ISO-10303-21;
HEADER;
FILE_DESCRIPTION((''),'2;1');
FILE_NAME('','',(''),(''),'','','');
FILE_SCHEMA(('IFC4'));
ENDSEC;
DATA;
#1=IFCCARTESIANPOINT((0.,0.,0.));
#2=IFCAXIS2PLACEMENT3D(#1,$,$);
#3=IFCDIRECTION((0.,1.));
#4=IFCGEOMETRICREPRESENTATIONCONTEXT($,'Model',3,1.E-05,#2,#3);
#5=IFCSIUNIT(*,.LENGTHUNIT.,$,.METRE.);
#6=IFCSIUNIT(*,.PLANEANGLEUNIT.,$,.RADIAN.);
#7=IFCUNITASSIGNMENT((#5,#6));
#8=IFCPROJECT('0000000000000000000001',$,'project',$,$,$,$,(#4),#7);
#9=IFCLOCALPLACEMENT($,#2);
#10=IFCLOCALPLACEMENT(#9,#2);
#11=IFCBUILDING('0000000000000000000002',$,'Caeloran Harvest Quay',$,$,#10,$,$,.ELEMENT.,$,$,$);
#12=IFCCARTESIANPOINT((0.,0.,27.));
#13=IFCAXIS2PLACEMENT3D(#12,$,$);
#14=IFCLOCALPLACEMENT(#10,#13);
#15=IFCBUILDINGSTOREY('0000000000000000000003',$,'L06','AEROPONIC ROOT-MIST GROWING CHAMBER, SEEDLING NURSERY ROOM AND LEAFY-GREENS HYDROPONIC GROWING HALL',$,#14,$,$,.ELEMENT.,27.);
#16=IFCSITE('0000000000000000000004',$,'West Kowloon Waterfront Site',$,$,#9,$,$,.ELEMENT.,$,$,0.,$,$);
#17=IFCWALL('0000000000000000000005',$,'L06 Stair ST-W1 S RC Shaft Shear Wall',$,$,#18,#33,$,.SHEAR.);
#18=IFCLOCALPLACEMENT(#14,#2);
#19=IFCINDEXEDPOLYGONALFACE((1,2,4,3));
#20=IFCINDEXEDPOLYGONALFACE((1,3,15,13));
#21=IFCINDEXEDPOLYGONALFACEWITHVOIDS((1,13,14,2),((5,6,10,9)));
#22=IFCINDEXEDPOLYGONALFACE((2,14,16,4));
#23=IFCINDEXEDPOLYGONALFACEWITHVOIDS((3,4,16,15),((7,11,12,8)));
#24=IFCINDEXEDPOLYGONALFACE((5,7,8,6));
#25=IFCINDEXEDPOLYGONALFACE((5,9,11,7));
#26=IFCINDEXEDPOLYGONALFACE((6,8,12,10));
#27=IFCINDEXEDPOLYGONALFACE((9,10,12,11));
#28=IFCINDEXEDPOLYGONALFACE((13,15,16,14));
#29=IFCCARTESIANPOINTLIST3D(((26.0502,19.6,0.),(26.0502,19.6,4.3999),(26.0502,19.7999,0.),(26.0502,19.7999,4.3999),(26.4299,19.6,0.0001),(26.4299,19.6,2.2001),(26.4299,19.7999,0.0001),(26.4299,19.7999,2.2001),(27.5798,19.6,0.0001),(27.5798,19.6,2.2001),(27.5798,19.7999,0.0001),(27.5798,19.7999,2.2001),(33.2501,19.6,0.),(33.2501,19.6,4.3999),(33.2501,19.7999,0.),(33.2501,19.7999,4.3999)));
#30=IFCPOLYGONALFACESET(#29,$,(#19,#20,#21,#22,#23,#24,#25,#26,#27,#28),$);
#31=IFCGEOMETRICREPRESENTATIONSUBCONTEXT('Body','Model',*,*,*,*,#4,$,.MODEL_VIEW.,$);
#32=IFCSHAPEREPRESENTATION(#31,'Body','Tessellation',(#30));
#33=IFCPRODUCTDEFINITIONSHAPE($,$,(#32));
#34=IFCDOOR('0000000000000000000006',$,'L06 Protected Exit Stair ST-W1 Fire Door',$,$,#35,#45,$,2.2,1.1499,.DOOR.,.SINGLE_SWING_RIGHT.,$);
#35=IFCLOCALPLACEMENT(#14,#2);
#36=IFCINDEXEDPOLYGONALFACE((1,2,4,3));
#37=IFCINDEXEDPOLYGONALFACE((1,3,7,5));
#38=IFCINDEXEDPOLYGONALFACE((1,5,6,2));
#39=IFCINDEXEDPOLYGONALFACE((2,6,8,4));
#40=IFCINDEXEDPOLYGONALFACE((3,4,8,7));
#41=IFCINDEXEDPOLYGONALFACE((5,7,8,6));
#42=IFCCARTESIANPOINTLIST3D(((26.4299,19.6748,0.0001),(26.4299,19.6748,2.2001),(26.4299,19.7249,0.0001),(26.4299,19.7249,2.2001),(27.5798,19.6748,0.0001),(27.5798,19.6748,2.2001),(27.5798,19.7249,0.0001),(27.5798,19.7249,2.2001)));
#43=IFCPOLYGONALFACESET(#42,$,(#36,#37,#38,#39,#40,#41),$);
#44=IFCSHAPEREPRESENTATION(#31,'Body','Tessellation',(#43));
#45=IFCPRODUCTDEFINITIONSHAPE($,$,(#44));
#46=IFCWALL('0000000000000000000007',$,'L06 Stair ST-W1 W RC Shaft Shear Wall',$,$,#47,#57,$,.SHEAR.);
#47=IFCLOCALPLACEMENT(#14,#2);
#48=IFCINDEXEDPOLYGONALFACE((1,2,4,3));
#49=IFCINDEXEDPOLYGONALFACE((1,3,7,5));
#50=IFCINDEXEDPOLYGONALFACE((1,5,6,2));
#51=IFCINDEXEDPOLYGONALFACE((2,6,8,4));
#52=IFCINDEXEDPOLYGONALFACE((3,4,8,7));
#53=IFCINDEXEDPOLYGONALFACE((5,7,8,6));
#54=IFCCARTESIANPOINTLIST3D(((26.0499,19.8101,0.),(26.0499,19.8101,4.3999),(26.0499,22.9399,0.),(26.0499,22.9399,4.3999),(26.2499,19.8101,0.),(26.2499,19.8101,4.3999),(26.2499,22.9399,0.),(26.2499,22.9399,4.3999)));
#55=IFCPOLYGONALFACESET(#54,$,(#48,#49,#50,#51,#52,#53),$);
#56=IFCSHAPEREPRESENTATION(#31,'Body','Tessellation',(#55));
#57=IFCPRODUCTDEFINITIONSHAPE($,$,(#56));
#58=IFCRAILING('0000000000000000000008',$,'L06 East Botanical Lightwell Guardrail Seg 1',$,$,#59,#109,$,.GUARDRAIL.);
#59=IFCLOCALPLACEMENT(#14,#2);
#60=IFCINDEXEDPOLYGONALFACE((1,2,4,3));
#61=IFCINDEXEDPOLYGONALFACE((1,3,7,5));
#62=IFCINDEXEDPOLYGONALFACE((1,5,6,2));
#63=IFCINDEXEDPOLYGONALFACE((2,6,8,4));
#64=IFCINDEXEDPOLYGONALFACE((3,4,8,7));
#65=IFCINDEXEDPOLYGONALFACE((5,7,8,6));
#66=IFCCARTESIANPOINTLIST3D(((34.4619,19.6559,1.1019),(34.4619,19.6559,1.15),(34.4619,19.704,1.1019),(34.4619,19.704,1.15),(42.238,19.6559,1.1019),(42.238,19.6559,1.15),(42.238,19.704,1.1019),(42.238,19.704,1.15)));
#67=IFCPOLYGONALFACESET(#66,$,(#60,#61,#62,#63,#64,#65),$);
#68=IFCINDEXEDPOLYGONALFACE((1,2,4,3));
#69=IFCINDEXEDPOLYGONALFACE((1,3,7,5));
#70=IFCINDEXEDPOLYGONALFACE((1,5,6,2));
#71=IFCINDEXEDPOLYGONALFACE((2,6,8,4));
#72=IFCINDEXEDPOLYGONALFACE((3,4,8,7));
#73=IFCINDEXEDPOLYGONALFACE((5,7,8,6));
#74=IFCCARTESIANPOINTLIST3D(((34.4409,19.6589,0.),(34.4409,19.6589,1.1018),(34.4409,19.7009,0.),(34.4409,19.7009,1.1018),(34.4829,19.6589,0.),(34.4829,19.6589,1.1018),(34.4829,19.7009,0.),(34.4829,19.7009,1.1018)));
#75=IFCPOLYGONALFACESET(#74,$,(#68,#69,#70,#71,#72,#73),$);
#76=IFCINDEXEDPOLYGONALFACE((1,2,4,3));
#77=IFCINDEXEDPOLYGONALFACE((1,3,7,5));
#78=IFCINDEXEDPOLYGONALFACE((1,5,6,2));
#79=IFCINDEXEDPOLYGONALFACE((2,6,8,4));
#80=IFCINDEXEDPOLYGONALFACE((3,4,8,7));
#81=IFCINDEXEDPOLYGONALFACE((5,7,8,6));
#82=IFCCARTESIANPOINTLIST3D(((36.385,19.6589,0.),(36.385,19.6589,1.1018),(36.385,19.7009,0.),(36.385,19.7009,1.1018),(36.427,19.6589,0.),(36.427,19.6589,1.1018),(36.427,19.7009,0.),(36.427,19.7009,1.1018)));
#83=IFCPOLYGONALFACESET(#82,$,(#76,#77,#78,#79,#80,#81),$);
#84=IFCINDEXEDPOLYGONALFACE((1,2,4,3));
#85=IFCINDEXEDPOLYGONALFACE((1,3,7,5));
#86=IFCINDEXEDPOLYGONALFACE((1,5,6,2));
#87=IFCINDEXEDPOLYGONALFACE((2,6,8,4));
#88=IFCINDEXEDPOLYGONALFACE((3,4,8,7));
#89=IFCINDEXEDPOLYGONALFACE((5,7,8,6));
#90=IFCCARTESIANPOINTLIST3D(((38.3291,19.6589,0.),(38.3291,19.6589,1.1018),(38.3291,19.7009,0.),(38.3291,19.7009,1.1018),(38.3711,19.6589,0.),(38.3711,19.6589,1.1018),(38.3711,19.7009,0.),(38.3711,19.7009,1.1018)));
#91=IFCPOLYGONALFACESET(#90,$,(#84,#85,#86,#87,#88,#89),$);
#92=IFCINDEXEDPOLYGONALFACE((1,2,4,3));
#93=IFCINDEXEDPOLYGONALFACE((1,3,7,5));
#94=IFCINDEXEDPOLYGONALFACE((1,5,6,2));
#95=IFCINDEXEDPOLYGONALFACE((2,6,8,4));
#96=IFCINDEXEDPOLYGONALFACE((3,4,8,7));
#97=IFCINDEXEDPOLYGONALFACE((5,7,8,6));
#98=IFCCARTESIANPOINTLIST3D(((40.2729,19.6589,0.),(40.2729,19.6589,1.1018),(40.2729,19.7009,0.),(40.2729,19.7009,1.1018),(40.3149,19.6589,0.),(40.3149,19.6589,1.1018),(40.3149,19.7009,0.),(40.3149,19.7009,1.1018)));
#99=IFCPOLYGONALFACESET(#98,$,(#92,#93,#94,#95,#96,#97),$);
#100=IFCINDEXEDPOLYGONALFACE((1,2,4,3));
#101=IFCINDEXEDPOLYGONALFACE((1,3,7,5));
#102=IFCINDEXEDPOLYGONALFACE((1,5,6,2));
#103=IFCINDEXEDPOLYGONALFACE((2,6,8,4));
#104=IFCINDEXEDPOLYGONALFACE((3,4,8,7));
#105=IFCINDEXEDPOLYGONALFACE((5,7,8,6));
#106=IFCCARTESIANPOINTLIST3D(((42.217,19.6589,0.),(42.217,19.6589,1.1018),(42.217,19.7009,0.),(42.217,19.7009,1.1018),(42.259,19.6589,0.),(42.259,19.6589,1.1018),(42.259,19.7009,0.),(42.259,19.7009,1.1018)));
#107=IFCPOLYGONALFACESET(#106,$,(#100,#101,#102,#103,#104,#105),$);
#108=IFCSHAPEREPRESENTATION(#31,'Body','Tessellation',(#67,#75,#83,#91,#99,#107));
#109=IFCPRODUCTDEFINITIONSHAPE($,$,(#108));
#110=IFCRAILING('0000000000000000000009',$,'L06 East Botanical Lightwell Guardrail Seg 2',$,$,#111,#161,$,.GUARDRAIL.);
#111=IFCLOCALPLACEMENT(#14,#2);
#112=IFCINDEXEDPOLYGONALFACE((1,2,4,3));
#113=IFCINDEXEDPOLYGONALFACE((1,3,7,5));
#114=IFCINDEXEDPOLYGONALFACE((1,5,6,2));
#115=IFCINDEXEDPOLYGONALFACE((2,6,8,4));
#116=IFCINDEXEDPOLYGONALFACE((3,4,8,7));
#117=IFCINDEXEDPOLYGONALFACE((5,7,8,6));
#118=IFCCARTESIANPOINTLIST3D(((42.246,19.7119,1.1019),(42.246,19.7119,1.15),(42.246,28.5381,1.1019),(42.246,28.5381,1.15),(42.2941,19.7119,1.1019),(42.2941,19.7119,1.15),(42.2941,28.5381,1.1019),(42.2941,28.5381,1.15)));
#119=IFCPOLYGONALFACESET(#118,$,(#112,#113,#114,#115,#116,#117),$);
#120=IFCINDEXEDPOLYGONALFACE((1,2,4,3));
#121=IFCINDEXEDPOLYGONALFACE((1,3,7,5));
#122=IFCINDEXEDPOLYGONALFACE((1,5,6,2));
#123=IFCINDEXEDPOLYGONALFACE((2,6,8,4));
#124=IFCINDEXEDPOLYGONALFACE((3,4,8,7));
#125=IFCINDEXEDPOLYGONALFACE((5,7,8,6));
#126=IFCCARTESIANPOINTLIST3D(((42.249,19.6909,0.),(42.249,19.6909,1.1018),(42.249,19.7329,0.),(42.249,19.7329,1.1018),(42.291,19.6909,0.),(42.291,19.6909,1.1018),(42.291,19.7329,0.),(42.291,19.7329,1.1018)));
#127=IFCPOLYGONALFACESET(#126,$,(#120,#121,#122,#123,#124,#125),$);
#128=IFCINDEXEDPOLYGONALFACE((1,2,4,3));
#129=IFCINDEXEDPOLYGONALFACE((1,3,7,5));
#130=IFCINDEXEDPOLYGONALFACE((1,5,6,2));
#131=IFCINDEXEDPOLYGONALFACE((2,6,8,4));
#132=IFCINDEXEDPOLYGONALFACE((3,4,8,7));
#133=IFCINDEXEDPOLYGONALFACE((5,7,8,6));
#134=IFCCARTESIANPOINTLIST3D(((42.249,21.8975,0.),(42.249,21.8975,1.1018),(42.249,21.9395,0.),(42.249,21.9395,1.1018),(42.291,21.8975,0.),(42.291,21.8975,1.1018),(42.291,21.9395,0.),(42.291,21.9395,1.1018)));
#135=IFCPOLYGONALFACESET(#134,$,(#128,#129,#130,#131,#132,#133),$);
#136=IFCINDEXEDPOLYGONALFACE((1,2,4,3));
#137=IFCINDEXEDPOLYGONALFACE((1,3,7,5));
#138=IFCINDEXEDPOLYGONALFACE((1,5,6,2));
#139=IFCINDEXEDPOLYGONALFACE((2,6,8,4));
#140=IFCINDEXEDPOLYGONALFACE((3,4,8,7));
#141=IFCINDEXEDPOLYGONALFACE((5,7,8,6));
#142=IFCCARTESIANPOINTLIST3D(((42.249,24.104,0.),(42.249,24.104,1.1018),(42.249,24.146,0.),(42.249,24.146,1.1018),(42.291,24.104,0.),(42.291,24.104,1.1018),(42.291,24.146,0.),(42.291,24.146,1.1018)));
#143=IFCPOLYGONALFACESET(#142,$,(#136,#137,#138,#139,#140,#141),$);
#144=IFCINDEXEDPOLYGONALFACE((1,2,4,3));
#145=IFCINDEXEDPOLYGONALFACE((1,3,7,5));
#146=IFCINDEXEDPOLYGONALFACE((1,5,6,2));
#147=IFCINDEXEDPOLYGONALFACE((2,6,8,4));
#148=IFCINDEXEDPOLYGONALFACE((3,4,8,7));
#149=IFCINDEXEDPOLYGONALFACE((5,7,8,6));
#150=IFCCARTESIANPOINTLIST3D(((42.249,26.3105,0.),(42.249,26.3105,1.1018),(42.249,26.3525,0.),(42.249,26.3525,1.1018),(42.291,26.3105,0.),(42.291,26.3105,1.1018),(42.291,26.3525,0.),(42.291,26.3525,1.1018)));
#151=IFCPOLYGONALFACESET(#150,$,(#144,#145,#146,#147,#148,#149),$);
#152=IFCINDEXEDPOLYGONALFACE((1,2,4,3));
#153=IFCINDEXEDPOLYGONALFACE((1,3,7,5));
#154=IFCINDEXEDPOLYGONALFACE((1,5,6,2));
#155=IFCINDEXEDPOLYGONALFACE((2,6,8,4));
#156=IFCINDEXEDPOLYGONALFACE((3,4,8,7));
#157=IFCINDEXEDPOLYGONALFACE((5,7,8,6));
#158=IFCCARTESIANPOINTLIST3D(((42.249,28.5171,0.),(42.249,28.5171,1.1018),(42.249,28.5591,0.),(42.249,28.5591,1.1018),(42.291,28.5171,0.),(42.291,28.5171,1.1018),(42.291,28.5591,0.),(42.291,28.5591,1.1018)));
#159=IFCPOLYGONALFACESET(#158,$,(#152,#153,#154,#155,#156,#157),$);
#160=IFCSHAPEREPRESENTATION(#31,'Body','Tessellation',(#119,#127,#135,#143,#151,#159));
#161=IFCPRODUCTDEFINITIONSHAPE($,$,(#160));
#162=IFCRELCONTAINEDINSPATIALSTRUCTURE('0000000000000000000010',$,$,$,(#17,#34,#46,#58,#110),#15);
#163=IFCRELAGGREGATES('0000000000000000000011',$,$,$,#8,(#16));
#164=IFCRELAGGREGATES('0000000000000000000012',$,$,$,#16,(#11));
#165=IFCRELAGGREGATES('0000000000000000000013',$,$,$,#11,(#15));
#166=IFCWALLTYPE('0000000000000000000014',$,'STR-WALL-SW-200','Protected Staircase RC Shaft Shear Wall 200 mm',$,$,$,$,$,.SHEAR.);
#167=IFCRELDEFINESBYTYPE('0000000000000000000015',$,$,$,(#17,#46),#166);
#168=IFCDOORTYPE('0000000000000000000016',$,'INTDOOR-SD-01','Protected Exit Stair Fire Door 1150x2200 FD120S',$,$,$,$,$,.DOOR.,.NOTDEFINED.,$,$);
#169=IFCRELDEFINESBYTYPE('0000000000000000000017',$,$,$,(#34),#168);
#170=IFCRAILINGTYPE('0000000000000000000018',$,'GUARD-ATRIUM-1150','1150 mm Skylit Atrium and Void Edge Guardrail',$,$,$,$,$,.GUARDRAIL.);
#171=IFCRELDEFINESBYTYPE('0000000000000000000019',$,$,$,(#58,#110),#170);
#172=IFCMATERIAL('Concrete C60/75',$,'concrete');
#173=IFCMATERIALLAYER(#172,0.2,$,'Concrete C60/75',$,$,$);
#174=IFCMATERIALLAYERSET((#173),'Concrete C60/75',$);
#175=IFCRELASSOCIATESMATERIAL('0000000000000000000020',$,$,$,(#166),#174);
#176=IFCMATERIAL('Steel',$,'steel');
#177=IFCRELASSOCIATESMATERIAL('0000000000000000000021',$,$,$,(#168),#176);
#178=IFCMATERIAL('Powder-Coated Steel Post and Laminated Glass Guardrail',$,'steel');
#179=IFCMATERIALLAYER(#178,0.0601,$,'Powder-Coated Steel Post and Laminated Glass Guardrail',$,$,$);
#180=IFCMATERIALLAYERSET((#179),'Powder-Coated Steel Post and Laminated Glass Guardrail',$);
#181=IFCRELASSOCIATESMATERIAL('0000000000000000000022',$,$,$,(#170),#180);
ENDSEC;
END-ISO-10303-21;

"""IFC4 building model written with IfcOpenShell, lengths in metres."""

from ifc_helpers import new_model, si_unit, direction, frame, frame_2d, origin, origin_2d, place, context, subcontext, project, spatial, rectangle, extrude, material, layer, layer_set, type_object, element, fill, save


model = new_model("IFC4")

# Units and contexts
model_context = context("Model", 3, precision=1e-05, world=origin(), true_north=direction((0.0, 1.0)))
body_context = subcontext(model_context, "Body", "Model", "MODEL_VIEW")
ifc_project = project(units=[si_unit("LENGTHUNIT", "METRE"), si_unit("PLANEANGLEUNIT", "RADIAN")], contexts=[model_context])

# Site, building, storey
site_placement = place(None, origin())
site = spatial("IfcSite", under=ifc_project, at=site_placement, Name="West Kowloon Waterfront Site", CompositionType="ELEMENT", RefElevation=0.0)
building_placement = place(site_placement, origin())
building = spatial("IfcBuilding", under=site, at=building_placement, Name="Caeloran Harvest Quay", CompositionType="ELEMENT")
storey_placement = place(building_placement, frame((0.0, 0.0, 27.0)))
storey = spatial("IfcBuildingStorey", under=building, at=storey_placement, Name="L06", Description="AEROPONIC ROOT-MIST GROWING CHAMBER, SEEDLING NURSERY ROOM AND LEAFY-GREENS HYDROPONIC GROWING HALL", CompositionType="ELEMENT", Elevation=27.0)

# Wall, opening, door
ifc_material_1 = material(Name="Concrete C60/75", Category="concrete")
ifc_layer_1 = layer(ifc_material_1, 0.2, Name="Concrete C60/75")
ifc_layer_set_1 = layer_set([ifc_layer_1], Name="Concrete C60/75")
wall_type_1 = type_object("IfcWallType", Name="STR-WALL-SW-200", Description="Protected Staircase RC Shaft Shear Wall 200 mm", PredefinedType="SHEAR", material=ifc_layer_set_1)
wall_1_placement = place(storey_placement, frame((26.05, 19.7, 0.0), z_axis=(0.0, 0.0, 1.0), x_axis=(1.0, 0.0, 0.0)))
wall_1 = element("IfcWall", 1, at=wall_1_placement, inside=storey, type_object=wall_type_1, Name="L06 Stair ST-W1 S RC Shaft Shear Wall", PredefinedType="SHEAR", context=body_context, shape_type="SweptSolid", body=[
    extrude(rectangle(XDim=7.2, YDim=0.2, at=frame_2d((3.6001, 0.0))), origin(), (0.0, 0.0, 1.0), 4.3999),
])
opening_1_placement = place(wall_1_placement, frame((0.3799, 0.0, 0.0)))
opening_1 = element("IfcOpeningElement", 2, at=opening_1_placement, cuts=wall_1, PredefinedType="OPENING", context=body_context, shape_type="SweptSolid", body=[
    extrude(rectangle(XDim=1.1499, YDim=2.2, at=frame_2d((0.575, 1.1001))), frame((0.0, 0.1099, 0.0), z_axis=(0.0, -1.0, 0.0), x_axis=(1.0, 0.0, 0.0)), (0.0, 0.0, 1.0), 0.22),
])
ifc_material_2 = material(Name="Steel", Category="steel")
door_type_1 = type_object("IfcDoorType", Name="INTDOOR-SD-01", Description="Protected Exit Stair Fire Door 1150x2200 FD120S", OperationType="NOTDEFINED", PredefinedType="DOOR", material=ifc_material_2)
door_1_placement = place(opening_1_placement, origin())
door_1 = element("IfcDoor", 3, at=door_1_placement, inside=storey, type_object=door_type_1, Name="L06 Protected Exit Stair ST-W1 Fire Door", OperationType="SINGLE_SWING_RIGHT", OverallHeight=2.2, OverallWidth=1.1499, PredefinedType="DOOR", context=body_context, shape_type="SweptSolid", body=[
    extrude(rectangle(XDim=1.1499, YDim=2.2, at=frame_2d((0.575, 1.1001))), frame((0.0, 0.0249, 0.0), z_axis=(0.0, -1.0, 0.0), x_axis=(1.0, 0.0, 0.0)), (0.0, 0.0, 1.0), 0.05),
])
fill(opening_1, door_1)

# Wall
wall_2_placement = place(storey_placement, frame((26.1499, 19.8101, 0.0), z_axis=(0.0, 0.0, 1.0), x_axis=(0.0, 1.0, 0.0)))
element("IfcWall", 4, at=wall_2_placement, inside=storey, type_object=wall_type_1, Name="L06 Stair ST-W1 W RC Shaft Shear Wall", PredefinedType="SHEAR", context=body_context, shape_type="SweptSolid", body=[
    extrude(rectangle(XDim=3.1299, YDim=0.2, at=frame_2d((1.5649, 0.0))), origin(), (0.0, 0.0, 1.0), 4.3999),
])

# Railings
ifc_material_3 = material(Name="Powder-Coated Steel Post and Laminated Glass Guardrail", Category="steel")
ifc_layer_2 = layer(ifc_material_3, 0.0601, Name="Powder-Coated Steel Post and Laminated Glass Guardrail")
ifc_layer_set_2 = layer_set([ifc_layer_2], Name="Powder-Coated Steel Post and Laminated Glass Guardrail")
railing_type = type_object("IfcRailingType", Name="GUARD-ATRIUM-1150", Description="1150 mm Skylit Atrium and Void Edge Guardrail", PredefinedType="GUARDRAIL", material=ifc_layer_set_2)
railing_1_placement = place(storey_placement, frame((34.4619, 19.6799, 0.0)))
element("IfcRailing", 5, at=railing_1_placement, inside=storey, type_object=railing_type, Name="L06 East Botanical Lightwell Guardrail Seg 1", PredefinedType="GUARDRAIL", context=body_context, shape_type="SweptSolid", body=[
    extrude(rectangle(XDim=0.0481, YDim=0.0481, at=origin_2d()), frame((0.0, 0.0, 1.126), z_axis=(1.0, 0.0, 0.0), x_axis=(0.0, 1.0, 0.0)), (0.0, 0.0, 1.0), 7.7761),
    extrude(rectangle(XDim=0.042, YDim=0.042, at=origin_2d()), origin(), (0.0, 0.0, 1.0), 1.1018),
    extrude(rectangle(XDim=0.042, YDim=0.042, at=origin_2d()), frame((1.9441, 0.0, 0.0)), (0.0, 0.0, 1.0), 1.1018),
    extrude(rectangle(XDim=0.042, YDim=0.042, at=origin_2d()), frame((3.8882, 0.0, 0.0)), (0.0, 0.0, 1.0), 1.1018),
    extrude(rectangle(XDim=0.042, YDim=0.042, at=origin_2d()), frame((5.832, 0.0, 0.0)), (0.0, 0.0, 1.0), 1.1018),
    extrude(rectangle(XDim=0.042, YDim=0.042, at=origin_2d()), frame((7.7761, 0.0, 0.0)), (0.0, 0.0, 1.0), 1.1018),
])
railing_2_placement = place(storey_placement, frame((42.27, 19.7119, 0.0)))
element("IfcRailing", 6, at=railing_2_placement, inside=storey, type_object=railing_type, Name="L06 East Botanical Lightwell Guardrail Seg 2", PredefinedType="GUARDRAIL", context=body_context, shape_type="SweptSolid", body=[
    extrude(rectangle(XDim=0.0481, YDim=0.0481, at=origin_2d()), frame((0.0, 0.0, 1.126), z_axis=(0.0, 1.0, 0.0), x_axis=(-1.0, 0.0, 0.0)), (0.0, 0.0, 1.0), 8.8262),
    extrude(rectangle(XDim=0.042, YDim=0.042, at=origin_2d()), origin(), (0.0, 0.0, 1.0), 1.1018),
    extrude(rectangle(XDim=0.042, YDim=0.042, at=origin_2d()), frame((0.0, 2.2065, 0.0)), (0.0, 0.0, 1.0), 1.1018),
    extrude(rectangle(XDim=0.042, YDim=0.042, at=origin_2d()), frame((0.0, 4.4131, 0.0)), (0.0, 0.0, 1.0), 1.1018),
    extrude(rectangle(XDim=0.042, YDim=0.042, at=origin_2d()), frame((0.0, 6.6196, 0.0)), (0.0, 0.0, 1.0), 1.1018),
    extrude(rectangle(XDim=0.042, YDim=0.042, at=origin_2d()), frame((0.0, 8.8262, 0.0)), (0.0, 0.0, 1.0), 1.1018),
])

save(model, "model.ifc")
